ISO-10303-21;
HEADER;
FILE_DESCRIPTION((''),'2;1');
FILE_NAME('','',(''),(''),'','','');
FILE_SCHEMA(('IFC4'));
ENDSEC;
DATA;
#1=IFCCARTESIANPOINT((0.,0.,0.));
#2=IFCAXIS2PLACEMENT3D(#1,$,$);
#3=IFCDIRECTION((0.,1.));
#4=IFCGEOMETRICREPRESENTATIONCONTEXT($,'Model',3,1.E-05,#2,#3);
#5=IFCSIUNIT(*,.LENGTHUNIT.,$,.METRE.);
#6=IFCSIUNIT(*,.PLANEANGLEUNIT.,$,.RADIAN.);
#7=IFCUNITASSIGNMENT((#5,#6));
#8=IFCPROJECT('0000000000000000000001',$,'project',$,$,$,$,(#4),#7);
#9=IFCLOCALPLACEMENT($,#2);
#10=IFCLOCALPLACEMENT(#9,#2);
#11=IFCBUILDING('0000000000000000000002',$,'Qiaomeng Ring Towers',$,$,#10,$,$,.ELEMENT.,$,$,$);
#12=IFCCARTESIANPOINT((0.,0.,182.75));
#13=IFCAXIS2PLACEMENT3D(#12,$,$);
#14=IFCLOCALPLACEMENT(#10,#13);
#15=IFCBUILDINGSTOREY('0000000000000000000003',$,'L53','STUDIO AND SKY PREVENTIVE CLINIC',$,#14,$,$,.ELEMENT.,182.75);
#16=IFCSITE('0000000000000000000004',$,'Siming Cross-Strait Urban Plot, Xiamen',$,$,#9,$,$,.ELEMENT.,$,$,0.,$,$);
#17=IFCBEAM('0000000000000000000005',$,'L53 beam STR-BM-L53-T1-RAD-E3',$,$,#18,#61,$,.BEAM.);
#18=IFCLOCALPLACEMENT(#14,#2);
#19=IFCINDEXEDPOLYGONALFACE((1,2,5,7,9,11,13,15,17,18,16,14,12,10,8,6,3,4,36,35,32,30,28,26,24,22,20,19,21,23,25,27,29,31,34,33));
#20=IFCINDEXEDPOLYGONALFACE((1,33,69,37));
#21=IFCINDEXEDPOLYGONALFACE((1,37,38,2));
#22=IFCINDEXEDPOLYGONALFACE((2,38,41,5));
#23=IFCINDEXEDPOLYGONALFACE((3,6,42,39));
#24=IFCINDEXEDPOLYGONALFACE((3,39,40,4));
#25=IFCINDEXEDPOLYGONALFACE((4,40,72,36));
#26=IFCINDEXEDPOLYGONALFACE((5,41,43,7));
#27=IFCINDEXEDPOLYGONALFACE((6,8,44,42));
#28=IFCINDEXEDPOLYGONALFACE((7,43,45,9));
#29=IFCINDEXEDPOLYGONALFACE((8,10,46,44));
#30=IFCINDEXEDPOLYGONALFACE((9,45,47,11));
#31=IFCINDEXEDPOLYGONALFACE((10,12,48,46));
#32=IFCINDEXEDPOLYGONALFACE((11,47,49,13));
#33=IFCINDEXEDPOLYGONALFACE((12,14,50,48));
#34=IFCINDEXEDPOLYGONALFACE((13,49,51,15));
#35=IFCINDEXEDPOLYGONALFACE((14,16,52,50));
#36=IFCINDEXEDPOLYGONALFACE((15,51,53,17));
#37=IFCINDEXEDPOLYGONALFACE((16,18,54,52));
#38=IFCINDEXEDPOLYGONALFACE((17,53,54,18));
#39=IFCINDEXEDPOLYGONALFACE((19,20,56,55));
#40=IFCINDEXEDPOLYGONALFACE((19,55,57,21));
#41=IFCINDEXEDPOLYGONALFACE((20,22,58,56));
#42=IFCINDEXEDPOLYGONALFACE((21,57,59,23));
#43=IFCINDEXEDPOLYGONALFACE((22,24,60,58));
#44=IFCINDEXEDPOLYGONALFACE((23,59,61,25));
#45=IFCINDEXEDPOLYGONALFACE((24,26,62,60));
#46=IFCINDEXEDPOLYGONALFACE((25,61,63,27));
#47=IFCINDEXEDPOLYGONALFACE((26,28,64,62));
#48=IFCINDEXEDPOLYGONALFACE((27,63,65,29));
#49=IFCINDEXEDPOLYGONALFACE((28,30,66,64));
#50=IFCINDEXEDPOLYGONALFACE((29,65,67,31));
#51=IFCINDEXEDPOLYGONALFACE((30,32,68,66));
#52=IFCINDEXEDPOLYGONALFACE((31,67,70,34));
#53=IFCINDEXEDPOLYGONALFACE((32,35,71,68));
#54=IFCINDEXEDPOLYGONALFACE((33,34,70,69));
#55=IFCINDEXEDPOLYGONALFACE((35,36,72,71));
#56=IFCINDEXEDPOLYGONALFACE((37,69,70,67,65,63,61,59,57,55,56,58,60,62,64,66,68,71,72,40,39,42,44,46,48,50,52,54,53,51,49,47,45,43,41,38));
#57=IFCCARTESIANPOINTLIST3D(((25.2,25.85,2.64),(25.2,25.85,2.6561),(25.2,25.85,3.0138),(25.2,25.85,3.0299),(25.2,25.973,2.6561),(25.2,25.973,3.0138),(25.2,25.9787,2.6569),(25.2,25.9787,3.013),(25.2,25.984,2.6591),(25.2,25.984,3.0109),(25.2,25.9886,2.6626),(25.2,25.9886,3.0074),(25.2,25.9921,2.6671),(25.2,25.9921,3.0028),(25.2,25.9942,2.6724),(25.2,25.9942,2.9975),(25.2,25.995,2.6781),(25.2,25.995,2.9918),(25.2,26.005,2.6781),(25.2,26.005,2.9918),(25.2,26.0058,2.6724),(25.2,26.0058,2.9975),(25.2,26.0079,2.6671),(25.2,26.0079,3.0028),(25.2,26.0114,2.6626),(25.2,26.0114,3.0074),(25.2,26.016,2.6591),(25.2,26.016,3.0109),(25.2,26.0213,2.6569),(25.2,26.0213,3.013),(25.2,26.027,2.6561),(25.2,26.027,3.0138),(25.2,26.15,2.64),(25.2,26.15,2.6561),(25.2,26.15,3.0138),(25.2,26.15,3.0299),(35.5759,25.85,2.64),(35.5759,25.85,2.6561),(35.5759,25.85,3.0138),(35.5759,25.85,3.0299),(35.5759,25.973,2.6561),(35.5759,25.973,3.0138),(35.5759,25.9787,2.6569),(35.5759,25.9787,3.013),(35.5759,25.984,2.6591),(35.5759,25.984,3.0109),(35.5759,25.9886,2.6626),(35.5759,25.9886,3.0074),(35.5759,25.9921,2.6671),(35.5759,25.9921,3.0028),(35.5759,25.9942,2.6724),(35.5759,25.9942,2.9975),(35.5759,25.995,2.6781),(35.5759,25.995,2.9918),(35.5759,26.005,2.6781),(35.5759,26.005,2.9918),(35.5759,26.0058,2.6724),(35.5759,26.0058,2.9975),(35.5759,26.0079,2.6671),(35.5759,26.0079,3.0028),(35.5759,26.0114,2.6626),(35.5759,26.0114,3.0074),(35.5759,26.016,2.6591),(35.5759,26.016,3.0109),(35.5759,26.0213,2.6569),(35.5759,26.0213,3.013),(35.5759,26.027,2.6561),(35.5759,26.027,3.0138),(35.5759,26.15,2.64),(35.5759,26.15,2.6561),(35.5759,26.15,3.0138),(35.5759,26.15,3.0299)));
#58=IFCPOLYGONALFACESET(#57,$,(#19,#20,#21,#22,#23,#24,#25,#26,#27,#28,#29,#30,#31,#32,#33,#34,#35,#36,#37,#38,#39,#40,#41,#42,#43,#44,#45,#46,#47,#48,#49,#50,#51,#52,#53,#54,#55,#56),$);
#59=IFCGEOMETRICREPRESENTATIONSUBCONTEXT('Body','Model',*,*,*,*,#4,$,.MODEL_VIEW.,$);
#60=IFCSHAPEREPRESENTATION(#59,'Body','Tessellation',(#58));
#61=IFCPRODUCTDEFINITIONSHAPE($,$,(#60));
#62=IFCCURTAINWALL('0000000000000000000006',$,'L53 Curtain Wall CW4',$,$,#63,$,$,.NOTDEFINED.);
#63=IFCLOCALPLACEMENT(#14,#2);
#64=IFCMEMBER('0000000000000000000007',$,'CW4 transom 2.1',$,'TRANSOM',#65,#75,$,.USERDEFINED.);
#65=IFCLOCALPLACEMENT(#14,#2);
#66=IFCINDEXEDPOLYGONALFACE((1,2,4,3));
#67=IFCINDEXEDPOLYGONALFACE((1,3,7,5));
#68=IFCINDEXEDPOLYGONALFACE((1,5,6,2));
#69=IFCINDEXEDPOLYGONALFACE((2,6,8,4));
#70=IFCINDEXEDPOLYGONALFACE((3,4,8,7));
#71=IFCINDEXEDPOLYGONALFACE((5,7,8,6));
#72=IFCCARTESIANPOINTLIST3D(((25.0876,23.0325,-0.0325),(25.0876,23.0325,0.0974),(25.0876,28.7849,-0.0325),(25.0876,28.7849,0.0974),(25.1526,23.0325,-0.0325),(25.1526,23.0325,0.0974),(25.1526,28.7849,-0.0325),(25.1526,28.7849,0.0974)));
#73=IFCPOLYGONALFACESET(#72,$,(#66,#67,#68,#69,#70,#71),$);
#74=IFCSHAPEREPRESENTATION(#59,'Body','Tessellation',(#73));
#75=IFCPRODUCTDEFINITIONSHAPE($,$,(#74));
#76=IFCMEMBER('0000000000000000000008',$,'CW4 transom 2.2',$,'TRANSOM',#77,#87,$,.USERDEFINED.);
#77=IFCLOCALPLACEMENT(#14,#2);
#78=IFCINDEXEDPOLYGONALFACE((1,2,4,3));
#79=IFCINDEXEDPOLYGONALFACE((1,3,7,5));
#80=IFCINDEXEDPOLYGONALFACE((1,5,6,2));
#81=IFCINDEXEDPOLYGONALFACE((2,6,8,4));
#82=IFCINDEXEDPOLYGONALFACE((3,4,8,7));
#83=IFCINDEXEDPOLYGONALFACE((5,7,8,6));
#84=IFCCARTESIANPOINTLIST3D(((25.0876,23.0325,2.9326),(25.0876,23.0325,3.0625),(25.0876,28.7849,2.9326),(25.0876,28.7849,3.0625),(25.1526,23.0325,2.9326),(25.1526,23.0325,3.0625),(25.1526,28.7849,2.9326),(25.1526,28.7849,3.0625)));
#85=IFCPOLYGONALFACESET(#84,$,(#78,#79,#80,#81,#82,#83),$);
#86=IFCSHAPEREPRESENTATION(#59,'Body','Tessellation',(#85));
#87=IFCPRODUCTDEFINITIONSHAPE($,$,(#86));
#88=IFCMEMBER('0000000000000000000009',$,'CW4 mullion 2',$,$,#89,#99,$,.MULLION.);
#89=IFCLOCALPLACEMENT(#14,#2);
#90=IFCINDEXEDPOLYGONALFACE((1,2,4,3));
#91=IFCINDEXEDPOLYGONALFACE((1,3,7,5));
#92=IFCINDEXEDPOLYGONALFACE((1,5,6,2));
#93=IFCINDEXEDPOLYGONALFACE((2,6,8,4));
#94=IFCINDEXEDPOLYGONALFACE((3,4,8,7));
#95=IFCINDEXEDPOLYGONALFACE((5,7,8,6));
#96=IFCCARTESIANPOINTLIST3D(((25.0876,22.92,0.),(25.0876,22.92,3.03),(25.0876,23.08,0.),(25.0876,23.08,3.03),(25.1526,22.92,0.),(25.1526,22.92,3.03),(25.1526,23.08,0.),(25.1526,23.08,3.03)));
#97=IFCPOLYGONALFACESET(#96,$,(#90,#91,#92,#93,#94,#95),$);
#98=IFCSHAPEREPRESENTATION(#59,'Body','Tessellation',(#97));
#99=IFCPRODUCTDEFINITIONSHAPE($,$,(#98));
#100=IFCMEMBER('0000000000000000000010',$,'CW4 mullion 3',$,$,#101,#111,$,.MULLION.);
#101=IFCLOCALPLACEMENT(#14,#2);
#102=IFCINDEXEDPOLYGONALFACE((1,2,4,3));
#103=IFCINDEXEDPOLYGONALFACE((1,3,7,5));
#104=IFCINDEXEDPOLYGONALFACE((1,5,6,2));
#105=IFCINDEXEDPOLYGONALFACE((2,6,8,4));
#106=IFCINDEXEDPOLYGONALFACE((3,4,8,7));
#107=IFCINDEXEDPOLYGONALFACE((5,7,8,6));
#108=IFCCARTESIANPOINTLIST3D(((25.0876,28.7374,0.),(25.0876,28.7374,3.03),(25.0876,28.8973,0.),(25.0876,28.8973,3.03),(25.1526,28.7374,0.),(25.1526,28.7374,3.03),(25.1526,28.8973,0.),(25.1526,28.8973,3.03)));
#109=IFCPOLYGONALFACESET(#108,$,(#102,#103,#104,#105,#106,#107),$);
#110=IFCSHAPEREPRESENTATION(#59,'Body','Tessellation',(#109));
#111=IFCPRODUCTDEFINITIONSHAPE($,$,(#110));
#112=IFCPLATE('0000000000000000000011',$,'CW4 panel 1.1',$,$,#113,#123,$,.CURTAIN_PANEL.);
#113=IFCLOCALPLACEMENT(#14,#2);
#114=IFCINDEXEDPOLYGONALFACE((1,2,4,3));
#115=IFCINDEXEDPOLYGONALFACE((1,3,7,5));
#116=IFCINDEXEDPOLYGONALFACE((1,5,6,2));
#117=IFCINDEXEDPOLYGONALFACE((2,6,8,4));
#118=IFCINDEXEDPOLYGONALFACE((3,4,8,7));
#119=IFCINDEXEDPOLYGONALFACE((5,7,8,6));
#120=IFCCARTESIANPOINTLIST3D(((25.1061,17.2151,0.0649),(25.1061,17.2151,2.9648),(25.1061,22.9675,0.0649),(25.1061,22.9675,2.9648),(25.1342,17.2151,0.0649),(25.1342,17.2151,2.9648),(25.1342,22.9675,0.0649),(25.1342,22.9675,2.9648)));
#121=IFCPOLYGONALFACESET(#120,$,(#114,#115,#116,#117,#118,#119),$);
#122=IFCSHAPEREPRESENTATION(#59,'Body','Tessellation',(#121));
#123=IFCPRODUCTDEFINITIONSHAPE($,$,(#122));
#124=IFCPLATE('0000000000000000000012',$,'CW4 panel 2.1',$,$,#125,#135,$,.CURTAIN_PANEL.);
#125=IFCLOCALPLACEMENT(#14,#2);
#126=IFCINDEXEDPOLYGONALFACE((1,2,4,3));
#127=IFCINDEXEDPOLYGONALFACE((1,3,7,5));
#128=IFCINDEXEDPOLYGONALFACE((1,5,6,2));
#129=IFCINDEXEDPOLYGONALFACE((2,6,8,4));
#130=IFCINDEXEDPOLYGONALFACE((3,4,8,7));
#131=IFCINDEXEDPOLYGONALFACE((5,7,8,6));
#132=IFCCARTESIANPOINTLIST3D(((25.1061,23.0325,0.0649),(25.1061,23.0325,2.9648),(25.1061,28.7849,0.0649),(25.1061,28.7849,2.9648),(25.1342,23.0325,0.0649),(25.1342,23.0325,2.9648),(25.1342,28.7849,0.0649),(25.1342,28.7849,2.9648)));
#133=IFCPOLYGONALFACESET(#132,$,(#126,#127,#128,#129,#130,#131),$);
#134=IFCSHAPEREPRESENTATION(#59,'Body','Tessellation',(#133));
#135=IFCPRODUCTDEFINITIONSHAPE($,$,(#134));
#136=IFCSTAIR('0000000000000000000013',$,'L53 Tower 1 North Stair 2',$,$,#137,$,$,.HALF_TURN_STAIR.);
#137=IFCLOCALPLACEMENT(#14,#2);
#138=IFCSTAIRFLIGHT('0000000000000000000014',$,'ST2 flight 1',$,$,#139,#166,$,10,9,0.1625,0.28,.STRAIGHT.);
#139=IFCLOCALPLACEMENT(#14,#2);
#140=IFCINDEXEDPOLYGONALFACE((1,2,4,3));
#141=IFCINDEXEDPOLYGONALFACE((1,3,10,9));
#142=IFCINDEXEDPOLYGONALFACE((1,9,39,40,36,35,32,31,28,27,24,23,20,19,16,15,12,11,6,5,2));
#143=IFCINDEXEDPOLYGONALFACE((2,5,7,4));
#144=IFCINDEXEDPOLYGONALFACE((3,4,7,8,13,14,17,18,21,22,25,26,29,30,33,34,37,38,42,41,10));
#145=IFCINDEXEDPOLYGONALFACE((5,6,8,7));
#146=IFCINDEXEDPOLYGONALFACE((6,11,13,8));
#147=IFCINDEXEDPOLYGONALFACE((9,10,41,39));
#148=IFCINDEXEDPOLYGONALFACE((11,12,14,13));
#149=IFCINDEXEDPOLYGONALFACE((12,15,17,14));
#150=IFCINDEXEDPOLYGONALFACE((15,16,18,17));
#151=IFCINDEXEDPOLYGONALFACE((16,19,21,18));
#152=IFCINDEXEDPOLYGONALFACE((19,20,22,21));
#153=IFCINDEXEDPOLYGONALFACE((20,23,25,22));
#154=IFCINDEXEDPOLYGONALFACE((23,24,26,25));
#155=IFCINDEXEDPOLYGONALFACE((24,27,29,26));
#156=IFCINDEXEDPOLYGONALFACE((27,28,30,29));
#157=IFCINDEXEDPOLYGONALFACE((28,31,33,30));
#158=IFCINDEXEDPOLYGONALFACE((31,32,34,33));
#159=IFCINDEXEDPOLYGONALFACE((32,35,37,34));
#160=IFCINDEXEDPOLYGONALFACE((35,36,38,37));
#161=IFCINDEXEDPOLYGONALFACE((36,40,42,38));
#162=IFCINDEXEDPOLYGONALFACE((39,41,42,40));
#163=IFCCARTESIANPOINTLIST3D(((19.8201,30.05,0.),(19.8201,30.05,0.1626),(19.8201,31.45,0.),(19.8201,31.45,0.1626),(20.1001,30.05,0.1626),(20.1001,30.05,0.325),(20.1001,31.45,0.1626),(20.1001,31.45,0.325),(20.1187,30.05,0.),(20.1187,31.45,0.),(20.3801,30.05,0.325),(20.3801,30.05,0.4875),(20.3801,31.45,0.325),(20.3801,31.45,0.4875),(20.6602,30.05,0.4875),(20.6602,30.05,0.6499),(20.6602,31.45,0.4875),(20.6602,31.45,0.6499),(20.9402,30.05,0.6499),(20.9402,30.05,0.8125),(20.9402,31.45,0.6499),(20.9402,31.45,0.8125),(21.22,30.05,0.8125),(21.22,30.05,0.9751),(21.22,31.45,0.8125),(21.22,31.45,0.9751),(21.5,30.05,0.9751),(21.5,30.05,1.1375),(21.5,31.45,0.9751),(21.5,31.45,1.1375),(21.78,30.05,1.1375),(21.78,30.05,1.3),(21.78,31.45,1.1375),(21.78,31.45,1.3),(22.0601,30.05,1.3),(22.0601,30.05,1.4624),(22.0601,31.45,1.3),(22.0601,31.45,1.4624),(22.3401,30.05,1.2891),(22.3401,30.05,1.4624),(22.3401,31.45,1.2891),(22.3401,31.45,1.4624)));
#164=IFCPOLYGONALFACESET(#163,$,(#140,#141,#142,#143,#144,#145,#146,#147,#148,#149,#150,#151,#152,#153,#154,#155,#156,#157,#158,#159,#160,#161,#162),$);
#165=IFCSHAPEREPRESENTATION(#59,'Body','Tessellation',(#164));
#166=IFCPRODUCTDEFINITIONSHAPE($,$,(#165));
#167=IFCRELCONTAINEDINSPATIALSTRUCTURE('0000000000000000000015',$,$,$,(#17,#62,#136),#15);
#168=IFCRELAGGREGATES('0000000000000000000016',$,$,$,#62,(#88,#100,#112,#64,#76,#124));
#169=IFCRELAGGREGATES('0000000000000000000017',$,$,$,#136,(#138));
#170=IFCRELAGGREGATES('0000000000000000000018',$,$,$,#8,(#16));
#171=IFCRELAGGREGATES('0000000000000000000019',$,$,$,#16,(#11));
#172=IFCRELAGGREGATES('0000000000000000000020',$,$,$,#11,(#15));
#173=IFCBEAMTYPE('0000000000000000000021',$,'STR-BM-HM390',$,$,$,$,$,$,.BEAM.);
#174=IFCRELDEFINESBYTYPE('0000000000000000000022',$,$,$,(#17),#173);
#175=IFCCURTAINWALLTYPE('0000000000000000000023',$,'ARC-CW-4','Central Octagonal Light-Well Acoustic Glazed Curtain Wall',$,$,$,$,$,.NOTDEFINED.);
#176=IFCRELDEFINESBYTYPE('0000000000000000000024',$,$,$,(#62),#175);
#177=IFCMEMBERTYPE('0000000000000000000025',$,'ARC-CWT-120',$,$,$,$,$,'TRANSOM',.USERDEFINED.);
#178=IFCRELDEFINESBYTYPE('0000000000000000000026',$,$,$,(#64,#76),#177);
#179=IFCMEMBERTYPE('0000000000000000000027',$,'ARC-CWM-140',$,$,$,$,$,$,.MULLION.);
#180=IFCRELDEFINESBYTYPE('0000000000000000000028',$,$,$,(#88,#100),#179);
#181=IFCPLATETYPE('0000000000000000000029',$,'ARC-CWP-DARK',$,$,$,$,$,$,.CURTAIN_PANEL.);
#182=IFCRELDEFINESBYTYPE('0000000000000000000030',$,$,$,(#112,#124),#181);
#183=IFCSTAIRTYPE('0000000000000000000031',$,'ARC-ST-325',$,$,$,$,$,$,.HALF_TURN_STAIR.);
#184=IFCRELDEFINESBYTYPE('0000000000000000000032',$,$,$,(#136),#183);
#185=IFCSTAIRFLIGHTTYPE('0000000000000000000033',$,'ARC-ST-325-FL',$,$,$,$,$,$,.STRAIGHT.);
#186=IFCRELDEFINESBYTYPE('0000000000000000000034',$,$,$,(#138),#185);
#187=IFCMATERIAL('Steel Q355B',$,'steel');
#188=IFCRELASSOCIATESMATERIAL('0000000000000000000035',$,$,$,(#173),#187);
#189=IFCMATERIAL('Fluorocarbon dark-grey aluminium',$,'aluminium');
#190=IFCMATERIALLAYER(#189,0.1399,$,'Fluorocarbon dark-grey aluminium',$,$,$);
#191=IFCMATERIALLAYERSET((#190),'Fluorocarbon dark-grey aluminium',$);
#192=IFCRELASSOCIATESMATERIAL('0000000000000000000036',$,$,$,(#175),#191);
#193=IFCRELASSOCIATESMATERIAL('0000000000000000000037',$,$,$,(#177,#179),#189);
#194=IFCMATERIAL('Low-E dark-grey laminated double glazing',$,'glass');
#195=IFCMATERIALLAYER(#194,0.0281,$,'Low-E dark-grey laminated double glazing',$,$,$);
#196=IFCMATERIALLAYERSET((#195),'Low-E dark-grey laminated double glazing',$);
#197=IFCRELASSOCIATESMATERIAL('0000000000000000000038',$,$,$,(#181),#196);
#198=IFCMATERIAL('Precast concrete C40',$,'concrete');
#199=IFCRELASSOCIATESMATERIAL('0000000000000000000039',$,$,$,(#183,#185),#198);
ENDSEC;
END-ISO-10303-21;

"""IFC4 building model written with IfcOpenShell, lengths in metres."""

from ifc_helpers import new_model, si_unit, direction, frame, origin, origin_2d, place, context, subcontext, project, spatial, polyline, rectangle, i_section, outline, extrude, source, transform, mapped, material, layer, layer_set, material_profile, profile_set, type_object, element, aggregate, save


model = new_model("IFC4")

# Units and contexts
model_context = context("Model", 3, precision=1e-05, world=origin(), true_north=direction((0.0, 1.0)))
body_context = subcontext(model_context, "Body", "Model", "MODEL_VIEW")
ifc_project = project(units=[si_unit("LENGTHUNIT", "METRE"), si_unit("PLANEANGLEUNIT", "RADIAN")], contexts=[model_context])

# Site, building, storey
site_placement = place(None, origin())
site = spatial("IfcSite", under=ifc_project, at=site_placement, Name="Siming Cross-Strait Urban Plot, Xiamen", CompositionType="ELEMENT", RefElevation=0.0)
building_placement = place(site_placement, origin())
building = spatial("IfcBuilding", under=site, at=building_placement, Name="Qiaomeng Ring Towers", CompositionType="ELEMENT")
storey_placement = place(building_placement, frame((0.0, 0.0, 182.75)))
storey = spatial("IfcBuildingStorey", under=building, at=storey_placement, Name="L53", Description="STUDIO AND SKY PREVENTIVE CLINIC", CompositionType="ELEMENT", Elevation=182.75)

# Beam
ifc_material_1 = material(Name="Steel Q355B", Category="steel")
ifc_material_profile_1 = material_profile(ifc_material_1, i_section(OverallWidth=0.3, OverallDepth=0.3899, WebThickness=0.01, FlangeThickness=0.0161, FilletRadius=0.022, at=origin_2d()), Name="HM 390x300x10x16")
ifc_profile_set_1 = profile_set([ifc_material_profile_1], Name="Steel Q355B")
beam_type_1 = type_object("IfcBeamType", Name="STR-BM-HM390", PredefinedType="BEAM", material=ifc_profile_set_1)
shared_shape_1 = source(origin(), body_context, "Body", "SweptSolid", [
    extrude(i_section(OverallWidth=0.3, OverallDepth=0.3899, WebThickness=0.01, FlangeThickness=0.0161, FilletRadius=0.022, at=origin_2d()), origin(), (0.0, 0.0, 1.0), 10.376),
])
for number, where, z_axis, x_axis, name in (
    (1, (25.2, 26.0, 2.835), (1.0, 0.0, 0.0), (0.0, 1.0, 0.0), "L53 beam STR-BM-L53-T1-RAD-E3"),
):
    element("IfcBeam", number, at=place(storey_placement, frame(where, z_axis=z_axis, x_axis=x_axis)), inside=storey, type_object=beam_type_1, Name=name, PredefinedType="BEAM", context=body_context, shape_type="MappedRepresentation", body=[
        mapped(shared_shape_1, transform((0.0, 0.0, 0.0), x_axis=(1.0, 0.0, 0.0), y_axis=(0.0, 1.0, 0.0), z_axis=(0.0, 0.0, 1.0), scale=1.0)),
    ])

# Curtain wall, members, plates
ifc_material_2 = material(Name="Fluorocarbon dark-grey aluminium", Category="aluminium")
ifc_layer_1 = layer(ifc_material_2, 0.1399, Name="Fluorocarbon dark-grey aluminium")
ifc_layer_set_1 = layer_set([ifc_layer_1], Name="Fluorocarbon dark-grey aluminium")
curtain_wall_type = type_object("IfcCurtainWallType", Name="ARC-CW-4", Description="Central Octagonal Light-Well Acoustic Glazed Curtain Wall", PredefinedType="NOTDEFINED", material=ifc_layer_set_1)
curtain_wall_placement = place(storey_placement, origin())
curtain_wall = element("IfcCurtainWall", 2, at=curtain_wall_placement, inside=storey, type_object=curtain_wall_type, Name="L53 Curtain Wall CW4", PredefinedType="NOTDEFINED")
ifc_material_profile_2 = material_profile(ifc_material_2, rectangle(XDim=0.0649, YDim=0.1299, at=origin_2d()), Name="ALU TRAN 65x130")
ifc_profile_set_2 = profile_set([ifc_material_profile_2], Name="Fluorocarbon dark-grey aluminium")
member_type_1 = type_object("IfcMemberType", Name="ARC-CWT-120", ElementType="TRANSOM", PredefinedType="USERDEFINED", material=ifc_profile_set_2)
shared_shape_2 = source(origin(), body_context, "Body", "SweptSolid", [
    extrude(rectangle(XDim=0.0649, YDim=0.1299, at=origin_2d()), origin(), (0.0, 0.0, 1.0), 5.7524),
])
member_1_placement = place(storey_placement, frame((25.1201, 23.0325, 0.0325), z_axis=(0.0, 1.0, 0.0), x_axis=(-1.0, 0.0, 0.0)))
member_1 = element("IfcMember", 3, at=member_1_placement, type_object=member_type_1, Name="CW4 transom 2.1", ObjectType="TRANSOM", PredefinedType="USERDEFINED", context=body_context, shape_type="MappedRepresentation", body=[
    mapped(shared_shape_2, transform((0.0, 0.0, 0.0), x_axis=(1.0, 0.0, 0.0), y_axis=(0.0, 1.0, 0.0), z_axis=(0.0, 0.0, 1.0), scale=1.0)),
])
member_2_placement = place(storey_placement, frame((25.1201, 23.0325, 2.9976), z_axis=(0.0, 1.0, 0.0), x_axis=(-1.0, 0.0, 0.0)))
member_2 = element("IfcMember", 4, at=member_2_placement, type_object=member_type_1, Name="CW4 transom 2.2", ObjectType="TRANSOM", PredefinedType="USERDEFINED", context=body_context, shape_type="MappedRepresentation", body=[
    mapped(shared_shape_2, transform((0.0, 0.0, 0.0), x_axis=(1.0, 0.0, 0.0), y_axis=(0.0, 1.0, 0.0), z_axis=(0.0, 0.0, 1.0), scale=1.0)),
])
ifc_material_profile_3 = material_profile(ifc_material_2, rectangle(XDim=0.0649, YDim=0.1599, at=origin_2d()), Name="ALU MULL 65x160")
ifc_profile_set_3 = profile_set([ifc_material_profile_3], Name="Fluorocarbon dark-grey aluminium")
member_type_2 = type_object("IfcMemberType", Name="ARC-CWM-140", PredefinedType="MULLION", material=ifc_profile_set_3)
shared_shape_3 = source(origin(), body_context, "Body", "SweptSolid", [
    extrude(rectangle(XDim=0.0649, YDim=0.1599, at=origin_2d()), origin(), (0.0, 0.0, 1.0), 3.03),
])
member_3_placement = place(storey_placement, frame((25.1201, 23.0, 0.0), z_axis=(0.0, 0.0, 1.0), x_axis=(-1.0, 0.0, 0.0)))
member_3 = element("IfcMember", 5, at=member_3_placement, type_object=member_type_2, Name="CW4 mullion 2", PredefinedType="MULLION", context=body_context, shape_type="MappedRepresentation", body=[
    mapped(shared_shape_3, transform((0.0, 0.0, 0.0), x_axis=(1.0, 0.0, 0.0), y_axis=(0.0, 1.0, 0.0), z_axis=(0.0, 0.0, 1.0), scale=1.0)),
])
member_4_placement = place(storey_placement, frame((25.1201, 28.8174, 0.0), z_axis=(0.0, 0.0, 1.0), x_axis=(-1.0, 0.0, 0.0)))
member_4 = element("IfcMember", 6, at=member_4_placement, type_object=member_type_2, Name="CW4 mullion 3", PredefinedType="MULLION", context=body_context, shape_type="MappedRepresentation", body=[
    mapped(shared_shape_3, transform((0.0, 0.0, 0.0), x_axis=(1.0, 0.0, 0.0), y_axis=(0.0, 1.0, 0.0), z_axis=(0.0, 0.0, 1.0), scale=1.0)),
])
ifc_material_3 = material(Name="Low-E dark-grey laminated double glazing", Category="glass")
ifc_layer_2 = layer(ifc_material_3, 0.0281, Name="Low-E dark-grey laminated double glazing")
ifc_layer_set_2 = layer_set([ifc_layer_2], Name="Low-E dark-grey laminated double glazing")
plate_type = type_object("IfcPlateType", Name="ARC-CWP-DARK", PredefinedType="CURTAIN_PANEL", material=ifc_layer_set_2)
shared_shape_4 = source(origin(), body_context, "Body", "SweptSolid", [
    extrude(rectangle(XDim=5.7524, YDim=0.0281, at=origin_2d()), origin(), (0.0, 0.0, 1.0), 2.8999),
])
plate_1_placement = place(storey_placement, frame((25.1201, 20.0913, 0.0649), z_axis=(0.0, 0.0, 1.0), x_axis=(0.0, 1.0, 0.0)))
plate_1 = element("IfcPlate", 7, at=plate_1_placement, type_object=plate_type, Name="CW4 panel 1.1", PredefinedType="CURTAIN_PANEL", context=body_context, shape_type="MappedRepresentation", body=[
    mapped(shared_shape_4, transform((0.0, 0.0, 0.0), x_axis=(1.0, 0.0, 0.0), y_axis=(0.0, 1.0, 0.0), z_axis=(0.0, 0.0, 1.0), scale=1.0)),
])
plate_2_placement = place(storey_placement, frame((25.1201, 25.9087, 0.0649), z_axis=(0.0, 0.0, 1.0), x_axis=(0.0, 1.0, 0.0)))
plate_2 = element("IfcPlate", 8, at=plate_2_placement, type_object=plate_type, Name="CW4 panel 2.1", PredefinedType="CURTAIN_PANEL", context=body_context, shape_type="MappedRepresentation", body=[
    mapped(shared_shape_4, transform((0.0, 0.0, 0.0), x_axis=(1.0, 0.0, 0.0), y_axis=(0.0, 1.0, 0.0), z_axis=(0.0, 0.0, 1.0), scale=1.0)),
])
aggregate(curtain_wall, [member_3, member_4, plate_1, member_1, member_2, plate_2])

# Stair, stair flight
ifc_material_4 = material(Name="Precast concrete C40", Category="concrete")
stair_type = type_object("IfcStairType", Name="ARC-ST-325", PredefinedType="HALF_TURN_STAIR", material=ifc_material_4)
stair_placement = place(storey_placement, origin())
stair = element("IfcStair", 9, at=stair_placement, inside=storey, type_object=stair_type, Name="L53 Tower 1 North Stair 2", PredefinedType="HALF_TURN_STAIR")
stair_flight_type = type_object("IfcStairFlightType", Name="ARC-ST-325-FL", PredefinedType="STRAIGHT", material=ifc_material_4)
shared_shape_5 = source(origin(), body_context, "Body", "SweptSolid", [
    extrude(outline(polyline([(0.0, 0.0), (0.0, 0.1626), (0.28, 0.1626), (0.28, 0.325), (0.5601, 0.325), (0.5601, 0.4875), (0.8401, 0.4875), (0.8401, 0.6499), (1.1201, 0.6499), (1.1201, 0.8125), (1.3999, 0.8125), (1.3999, 0.9751), (1.6799, 0.9751), (1.6799, 1.1375), (1.96, 1.1375), (1.96, 1.3), (2.24, 1.3), (2.24, 1.4624), (2.52, 1.4624), (2.52, 1.625), (2.52, 1.2891), (0.2986, 0.0), (0.0, 0.0)])), frame((0.0, 0.7, 0.0), z_axis=(0.0, -1.0, 0.0), x_axis=(1.0, 0.0, 0.0)), (0.0, 0.0, 1.0), 1.3999),
])
stair_flight_placement = place(storey_placement, frame((19.8201, 30.75, 0.0), z_axis=(0.0, 0.0, 1.0), x_axis=(1.0, 0.0, 0.0)))
stair_flight = element("IfcStairFlight", 10, at=stair_flight_placement, type_object=stair_flight_type, Name="ST2 flight 1", NumberOfRisers=10, NumberOfTreads=9, PredefinedType="STRAIGHT", RiserHeight=0.1625, TreadLength=0.28, context=body_context, shape_type="MappedRepresentation", body=[
    mapped(shared_shape_5, transform((0.0, 0.0, 0.0), x_axis=(1.0, 0.0, 0.0), y_axis=(0.0, 1.0, 0.0), z_axis=(0.0, 0.0, 1.0), scale=1.0)),
])
aggregate(stair, [stair_flight])

save(model, "model.ifc")
